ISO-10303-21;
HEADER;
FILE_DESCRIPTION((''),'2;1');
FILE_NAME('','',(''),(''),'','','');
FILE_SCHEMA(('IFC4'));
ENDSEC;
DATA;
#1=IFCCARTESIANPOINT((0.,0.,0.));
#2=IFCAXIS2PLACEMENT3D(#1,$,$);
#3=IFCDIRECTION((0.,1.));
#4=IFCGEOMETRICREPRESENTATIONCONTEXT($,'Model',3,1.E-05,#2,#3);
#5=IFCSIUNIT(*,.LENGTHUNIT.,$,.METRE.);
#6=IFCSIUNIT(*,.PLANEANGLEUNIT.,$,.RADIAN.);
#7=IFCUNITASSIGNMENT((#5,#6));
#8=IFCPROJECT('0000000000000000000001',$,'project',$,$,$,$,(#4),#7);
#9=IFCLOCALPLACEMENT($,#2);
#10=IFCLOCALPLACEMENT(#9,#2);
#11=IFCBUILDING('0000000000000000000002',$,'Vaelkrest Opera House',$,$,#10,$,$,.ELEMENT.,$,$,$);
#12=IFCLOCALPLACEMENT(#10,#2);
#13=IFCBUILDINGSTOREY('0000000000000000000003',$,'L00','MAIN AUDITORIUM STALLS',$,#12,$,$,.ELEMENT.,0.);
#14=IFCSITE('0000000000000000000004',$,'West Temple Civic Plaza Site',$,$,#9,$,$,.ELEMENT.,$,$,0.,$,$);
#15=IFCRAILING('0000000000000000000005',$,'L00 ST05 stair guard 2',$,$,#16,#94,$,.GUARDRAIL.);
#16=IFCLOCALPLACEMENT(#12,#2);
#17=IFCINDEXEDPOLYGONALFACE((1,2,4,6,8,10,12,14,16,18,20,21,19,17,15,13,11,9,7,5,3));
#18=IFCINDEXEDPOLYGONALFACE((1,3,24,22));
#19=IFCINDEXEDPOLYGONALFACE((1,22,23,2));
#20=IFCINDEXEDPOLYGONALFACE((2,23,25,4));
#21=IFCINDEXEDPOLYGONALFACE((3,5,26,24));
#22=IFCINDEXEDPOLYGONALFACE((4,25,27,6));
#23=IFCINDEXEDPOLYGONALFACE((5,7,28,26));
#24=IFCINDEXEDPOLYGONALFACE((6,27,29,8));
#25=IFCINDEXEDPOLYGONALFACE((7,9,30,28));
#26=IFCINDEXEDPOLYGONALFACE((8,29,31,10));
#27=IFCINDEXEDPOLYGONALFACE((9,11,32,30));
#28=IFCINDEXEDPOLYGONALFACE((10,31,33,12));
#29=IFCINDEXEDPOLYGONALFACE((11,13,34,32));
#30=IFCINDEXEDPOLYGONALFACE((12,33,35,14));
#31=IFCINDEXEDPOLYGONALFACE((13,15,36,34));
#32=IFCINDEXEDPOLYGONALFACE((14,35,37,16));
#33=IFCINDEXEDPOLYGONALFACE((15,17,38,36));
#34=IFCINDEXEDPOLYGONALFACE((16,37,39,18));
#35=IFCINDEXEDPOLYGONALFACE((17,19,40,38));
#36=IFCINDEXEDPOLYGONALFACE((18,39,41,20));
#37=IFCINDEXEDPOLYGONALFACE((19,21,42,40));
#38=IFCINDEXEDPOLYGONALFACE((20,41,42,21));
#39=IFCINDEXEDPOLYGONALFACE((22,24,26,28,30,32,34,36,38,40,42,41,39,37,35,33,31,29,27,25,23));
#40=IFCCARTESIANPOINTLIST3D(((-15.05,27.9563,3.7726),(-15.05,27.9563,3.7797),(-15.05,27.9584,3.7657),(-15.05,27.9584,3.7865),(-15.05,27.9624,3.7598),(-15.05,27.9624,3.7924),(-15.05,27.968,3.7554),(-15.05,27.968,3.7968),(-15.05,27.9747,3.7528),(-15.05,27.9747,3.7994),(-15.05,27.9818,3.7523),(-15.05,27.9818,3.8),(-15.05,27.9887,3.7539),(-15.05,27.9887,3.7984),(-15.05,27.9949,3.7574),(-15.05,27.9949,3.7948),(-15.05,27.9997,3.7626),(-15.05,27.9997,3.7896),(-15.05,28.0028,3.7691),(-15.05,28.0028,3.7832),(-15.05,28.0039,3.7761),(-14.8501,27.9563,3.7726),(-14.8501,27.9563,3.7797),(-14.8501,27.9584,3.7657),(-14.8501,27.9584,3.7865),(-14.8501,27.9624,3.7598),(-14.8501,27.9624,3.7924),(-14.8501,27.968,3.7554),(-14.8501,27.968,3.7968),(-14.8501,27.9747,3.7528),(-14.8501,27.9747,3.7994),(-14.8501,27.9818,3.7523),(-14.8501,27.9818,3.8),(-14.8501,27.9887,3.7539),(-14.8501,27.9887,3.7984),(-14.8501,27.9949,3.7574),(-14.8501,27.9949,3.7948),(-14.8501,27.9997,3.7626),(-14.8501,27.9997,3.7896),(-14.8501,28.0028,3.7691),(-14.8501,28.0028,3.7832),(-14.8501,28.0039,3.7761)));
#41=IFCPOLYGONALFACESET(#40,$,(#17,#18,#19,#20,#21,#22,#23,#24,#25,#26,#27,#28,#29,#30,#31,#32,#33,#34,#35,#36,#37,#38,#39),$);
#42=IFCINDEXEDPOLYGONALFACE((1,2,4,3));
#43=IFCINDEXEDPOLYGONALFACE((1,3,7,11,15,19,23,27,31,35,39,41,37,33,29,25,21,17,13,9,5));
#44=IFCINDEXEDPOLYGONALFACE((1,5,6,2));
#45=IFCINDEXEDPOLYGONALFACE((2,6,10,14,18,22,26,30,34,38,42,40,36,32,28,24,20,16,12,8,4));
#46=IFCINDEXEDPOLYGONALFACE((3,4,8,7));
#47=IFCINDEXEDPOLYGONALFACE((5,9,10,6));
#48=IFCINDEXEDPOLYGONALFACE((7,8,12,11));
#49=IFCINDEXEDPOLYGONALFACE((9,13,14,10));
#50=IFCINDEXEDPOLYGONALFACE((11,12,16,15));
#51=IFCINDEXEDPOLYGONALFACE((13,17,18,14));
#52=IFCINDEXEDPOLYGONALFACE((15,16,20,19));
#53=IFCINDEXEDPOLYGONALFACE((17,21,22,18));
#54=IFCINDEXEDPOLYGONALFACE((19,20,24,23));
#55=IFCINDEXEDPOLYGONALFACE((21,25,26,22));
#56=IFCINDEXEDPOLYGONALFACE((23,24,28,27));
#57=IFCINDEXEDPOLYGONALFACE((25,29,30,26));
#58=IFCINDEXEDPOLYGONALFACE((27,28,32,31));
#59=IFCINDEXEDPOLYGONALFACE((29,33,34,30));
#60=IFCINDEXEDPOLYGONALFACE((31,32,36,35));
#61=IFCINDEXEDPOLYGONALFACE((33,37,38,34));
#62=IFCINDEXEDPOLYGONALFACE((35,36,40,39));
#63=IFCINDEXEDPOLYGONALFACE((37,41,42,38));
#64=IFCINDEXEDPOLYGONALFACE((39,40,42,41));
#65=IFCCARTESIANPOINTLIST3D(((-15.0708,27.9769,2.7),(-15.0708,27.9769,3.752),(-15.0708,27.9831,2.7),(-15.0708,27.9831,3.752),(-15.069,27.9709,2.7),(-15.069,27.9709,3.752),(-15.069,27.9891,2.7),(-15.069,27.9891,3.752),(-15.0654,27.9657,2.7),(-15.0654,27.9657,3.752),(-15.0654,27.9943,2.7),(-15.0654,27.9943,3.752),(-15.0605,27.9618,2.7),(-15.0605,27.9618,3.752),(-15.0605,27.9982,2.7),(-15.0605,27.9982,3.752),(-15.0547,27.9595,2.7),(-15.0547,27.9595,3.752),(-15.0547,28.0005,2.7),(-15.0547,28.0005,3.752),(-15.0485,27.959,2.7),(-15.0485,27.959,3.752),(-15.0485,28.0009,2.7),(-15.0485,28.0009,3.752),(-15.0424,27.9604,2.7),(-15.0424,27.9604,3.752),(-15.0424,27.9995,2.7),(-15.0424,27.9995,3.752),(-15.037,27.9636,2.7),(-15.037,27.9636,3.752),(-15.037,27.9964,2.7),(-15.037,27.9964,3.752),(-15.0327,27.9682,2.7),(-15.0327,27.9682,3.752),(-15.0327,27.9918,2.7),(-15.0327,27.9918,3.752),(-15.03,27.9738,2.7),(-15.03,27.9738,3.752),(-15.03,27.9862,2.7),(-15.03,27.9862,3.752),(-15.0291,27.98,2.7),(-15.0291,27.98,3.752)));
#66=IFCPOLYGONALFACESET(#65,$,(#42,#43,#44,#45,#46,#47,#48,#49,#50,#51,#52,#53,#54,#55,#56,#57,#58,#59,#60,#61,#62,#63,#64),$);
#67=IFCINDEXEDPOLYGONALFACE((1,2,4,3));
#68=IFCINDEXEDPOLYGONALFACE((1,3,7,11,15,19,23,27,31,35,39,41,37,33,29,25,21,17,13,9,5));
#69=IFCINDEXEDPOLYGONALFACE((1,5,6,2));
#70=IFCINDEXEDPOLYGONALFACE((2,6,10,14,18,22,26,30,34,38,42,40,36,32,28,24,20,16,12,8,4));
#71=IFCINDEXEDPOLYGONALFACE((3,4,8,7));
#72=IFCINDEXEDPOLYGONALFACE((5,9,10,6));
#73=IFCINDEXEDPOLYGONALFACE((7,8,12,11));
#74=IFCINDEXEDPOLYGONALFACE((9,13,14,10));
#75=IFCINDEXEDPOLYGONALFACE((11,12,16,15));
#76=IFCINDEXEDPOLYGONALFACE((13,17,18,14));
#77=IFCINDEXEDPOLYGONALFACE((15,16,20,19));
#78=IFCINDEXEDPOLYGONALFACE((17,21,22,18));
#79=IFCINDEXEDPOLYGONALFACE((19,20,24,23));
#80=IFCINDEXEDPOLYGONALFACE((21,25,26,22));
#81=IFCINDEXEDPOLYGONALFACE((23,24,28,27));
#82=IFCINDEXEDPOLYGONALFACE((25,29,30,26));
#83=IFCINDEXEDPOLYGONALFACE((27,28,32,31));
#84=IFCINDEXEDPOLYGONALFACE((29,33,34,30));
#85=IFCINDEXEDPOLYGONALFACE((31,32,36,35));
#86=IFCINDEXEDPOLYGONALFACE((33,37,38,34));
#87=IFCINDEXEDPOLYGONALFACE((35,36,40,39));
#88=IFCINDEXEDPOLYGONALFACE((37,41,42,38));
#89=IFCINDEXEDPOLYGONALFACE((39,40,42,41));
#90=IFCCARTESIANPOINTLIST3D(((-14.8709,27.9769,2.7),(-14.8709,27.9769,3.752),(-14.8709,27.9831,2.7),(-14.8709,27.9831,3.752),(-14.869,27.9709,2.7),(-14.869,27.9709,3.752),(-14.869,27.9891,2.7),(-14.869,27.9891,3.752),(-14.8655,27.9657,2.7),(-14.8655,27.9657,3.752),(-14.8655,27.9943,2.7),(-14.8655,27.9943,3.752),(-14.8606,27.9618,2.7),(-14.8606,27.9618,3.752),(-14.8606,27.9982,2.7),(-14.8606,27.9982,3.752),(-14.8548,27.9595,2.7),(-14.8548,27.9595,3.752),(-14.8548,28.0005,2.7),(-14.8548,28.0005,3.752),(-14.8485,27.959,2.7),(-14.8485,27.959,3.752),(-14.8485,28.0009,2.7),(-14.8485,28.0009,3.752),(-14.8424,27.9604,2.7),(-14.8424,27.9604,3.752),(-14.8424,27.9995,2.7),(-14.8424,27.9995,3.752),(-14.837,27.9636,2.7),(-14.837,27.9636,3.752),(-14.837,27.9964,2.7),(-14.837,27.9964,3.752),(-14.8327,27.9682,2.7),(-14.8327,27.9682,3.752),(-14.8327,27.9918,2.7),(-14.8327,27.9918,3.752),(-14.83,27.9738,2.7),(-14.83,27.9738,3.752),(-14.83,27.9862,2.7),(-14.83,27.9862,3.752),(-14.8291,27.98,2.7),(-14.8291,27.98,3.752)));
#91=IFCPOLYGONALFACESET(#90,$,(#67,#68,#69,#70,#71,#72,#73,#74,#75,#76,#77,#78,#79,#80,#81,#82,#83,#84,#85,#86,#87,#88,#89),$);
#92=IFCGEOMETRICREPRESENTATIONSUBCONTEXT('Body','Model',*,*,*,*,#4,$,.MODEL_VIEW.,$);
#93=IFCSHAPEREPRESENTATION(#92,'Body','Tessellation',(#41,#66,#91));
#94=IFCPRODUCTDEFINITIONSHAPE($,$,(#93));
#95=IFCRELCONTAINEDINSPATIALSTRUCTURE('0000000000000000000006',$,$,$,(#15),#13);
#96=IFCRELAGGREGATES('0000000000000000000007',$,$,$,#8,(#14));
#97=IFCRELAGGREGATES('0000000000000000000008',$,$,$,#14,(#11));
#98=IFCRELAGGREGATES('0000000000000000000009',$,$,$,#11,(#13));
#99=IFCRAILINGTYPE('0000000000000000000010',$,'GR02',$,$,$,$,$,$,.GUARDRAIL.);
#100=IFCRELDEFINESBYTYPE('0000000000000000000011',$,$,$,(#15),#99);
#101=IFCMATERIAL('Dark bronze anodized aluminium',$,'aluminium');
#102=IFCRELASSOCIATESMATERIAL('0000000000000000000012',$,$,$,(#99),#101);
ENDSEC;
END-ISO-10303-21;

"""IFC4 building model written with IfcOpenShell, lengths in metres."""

from ifc_helpers import new_model, si_unit, direction, frame, origin, origin_2d, place, context, subcontext, project, spatial, circle, extrude, material, type_object, element, save


model = new_model("IFC4")

# Units and contexts
model_context = context("Model", 3, precision=1e-05, world=origin(), true_north=direction((0.0, 1.0)))
body_context = subcontext(model_context, "Body", "Model", "MODEL_VIEW")
ifc_project = project(units=[si_unit("LENGTHUNIT", "METRE"), si_unit("PLANEANGLEUNIT", "RADIAN")], contexts=[model_context])

# Site, building, storey
site_placement = place(None, origin())
site = spatial("IfcSite", under=ifc_project, at=site_placement, Name="West Temple Civic Plaza Site", CompositionType="ELEMENT", RefElevation=0.0)
building_placement = place(site_placement, origin())
building = spatial("IfcBuilding", under=site, at=building_placement, Name="Vaelkrest Opera House", CompositionType="ELEMENT")
storey_placement = place(building_placement, origin())
storey = spatial("IfcBuildingStorey", under=building, at=storey_placement, Name="L00", Description="MAIN AUDITORIUM STALLS", CompositionType="ELEMENT", Elevation=0.0)

# Railing
ifc_material_1 = material(Name="Dark bronze anodized aluminium", Category="aluminium")
railing_type_1 = type_object("IfcRailingType", Name="GR02", PredefinedType="GUARDRAIL", material=ifc_material_1)
railing_1_placement = place(storey_placement, frame((-15.05, 27.98, 2.7)))
element("IfcRailing", 1, at=railing_1_placement, inside=storey, type_object=railing_type_1, Name="L00 ST05 stair guard 2", PredefinedType="GUARDRAIL", context=body_context, shape_type="SweptSolid", body=[
    extrude(circle(Radius=0.0239, at=origin_2d()), frame((0.0, 0.0, 1.0762), z_axis=(1.0, 0.0, 0.0), x_axis=(0.0, 1.0, 0.0)), (0.0, 0.0, 1.0), 0.2),
    extrude(circle(Radius=0.021, at=origin_2d()), origin(), (0.0, 0.0, 1.0), 1.052),
    extrude(circle(Radius=0.021, at=origin_2d()), frame((0.2, 0.0, 0.0)), (0.0, 0.0, 1.0), 1.052),
])

save(model, "model.ifc")
